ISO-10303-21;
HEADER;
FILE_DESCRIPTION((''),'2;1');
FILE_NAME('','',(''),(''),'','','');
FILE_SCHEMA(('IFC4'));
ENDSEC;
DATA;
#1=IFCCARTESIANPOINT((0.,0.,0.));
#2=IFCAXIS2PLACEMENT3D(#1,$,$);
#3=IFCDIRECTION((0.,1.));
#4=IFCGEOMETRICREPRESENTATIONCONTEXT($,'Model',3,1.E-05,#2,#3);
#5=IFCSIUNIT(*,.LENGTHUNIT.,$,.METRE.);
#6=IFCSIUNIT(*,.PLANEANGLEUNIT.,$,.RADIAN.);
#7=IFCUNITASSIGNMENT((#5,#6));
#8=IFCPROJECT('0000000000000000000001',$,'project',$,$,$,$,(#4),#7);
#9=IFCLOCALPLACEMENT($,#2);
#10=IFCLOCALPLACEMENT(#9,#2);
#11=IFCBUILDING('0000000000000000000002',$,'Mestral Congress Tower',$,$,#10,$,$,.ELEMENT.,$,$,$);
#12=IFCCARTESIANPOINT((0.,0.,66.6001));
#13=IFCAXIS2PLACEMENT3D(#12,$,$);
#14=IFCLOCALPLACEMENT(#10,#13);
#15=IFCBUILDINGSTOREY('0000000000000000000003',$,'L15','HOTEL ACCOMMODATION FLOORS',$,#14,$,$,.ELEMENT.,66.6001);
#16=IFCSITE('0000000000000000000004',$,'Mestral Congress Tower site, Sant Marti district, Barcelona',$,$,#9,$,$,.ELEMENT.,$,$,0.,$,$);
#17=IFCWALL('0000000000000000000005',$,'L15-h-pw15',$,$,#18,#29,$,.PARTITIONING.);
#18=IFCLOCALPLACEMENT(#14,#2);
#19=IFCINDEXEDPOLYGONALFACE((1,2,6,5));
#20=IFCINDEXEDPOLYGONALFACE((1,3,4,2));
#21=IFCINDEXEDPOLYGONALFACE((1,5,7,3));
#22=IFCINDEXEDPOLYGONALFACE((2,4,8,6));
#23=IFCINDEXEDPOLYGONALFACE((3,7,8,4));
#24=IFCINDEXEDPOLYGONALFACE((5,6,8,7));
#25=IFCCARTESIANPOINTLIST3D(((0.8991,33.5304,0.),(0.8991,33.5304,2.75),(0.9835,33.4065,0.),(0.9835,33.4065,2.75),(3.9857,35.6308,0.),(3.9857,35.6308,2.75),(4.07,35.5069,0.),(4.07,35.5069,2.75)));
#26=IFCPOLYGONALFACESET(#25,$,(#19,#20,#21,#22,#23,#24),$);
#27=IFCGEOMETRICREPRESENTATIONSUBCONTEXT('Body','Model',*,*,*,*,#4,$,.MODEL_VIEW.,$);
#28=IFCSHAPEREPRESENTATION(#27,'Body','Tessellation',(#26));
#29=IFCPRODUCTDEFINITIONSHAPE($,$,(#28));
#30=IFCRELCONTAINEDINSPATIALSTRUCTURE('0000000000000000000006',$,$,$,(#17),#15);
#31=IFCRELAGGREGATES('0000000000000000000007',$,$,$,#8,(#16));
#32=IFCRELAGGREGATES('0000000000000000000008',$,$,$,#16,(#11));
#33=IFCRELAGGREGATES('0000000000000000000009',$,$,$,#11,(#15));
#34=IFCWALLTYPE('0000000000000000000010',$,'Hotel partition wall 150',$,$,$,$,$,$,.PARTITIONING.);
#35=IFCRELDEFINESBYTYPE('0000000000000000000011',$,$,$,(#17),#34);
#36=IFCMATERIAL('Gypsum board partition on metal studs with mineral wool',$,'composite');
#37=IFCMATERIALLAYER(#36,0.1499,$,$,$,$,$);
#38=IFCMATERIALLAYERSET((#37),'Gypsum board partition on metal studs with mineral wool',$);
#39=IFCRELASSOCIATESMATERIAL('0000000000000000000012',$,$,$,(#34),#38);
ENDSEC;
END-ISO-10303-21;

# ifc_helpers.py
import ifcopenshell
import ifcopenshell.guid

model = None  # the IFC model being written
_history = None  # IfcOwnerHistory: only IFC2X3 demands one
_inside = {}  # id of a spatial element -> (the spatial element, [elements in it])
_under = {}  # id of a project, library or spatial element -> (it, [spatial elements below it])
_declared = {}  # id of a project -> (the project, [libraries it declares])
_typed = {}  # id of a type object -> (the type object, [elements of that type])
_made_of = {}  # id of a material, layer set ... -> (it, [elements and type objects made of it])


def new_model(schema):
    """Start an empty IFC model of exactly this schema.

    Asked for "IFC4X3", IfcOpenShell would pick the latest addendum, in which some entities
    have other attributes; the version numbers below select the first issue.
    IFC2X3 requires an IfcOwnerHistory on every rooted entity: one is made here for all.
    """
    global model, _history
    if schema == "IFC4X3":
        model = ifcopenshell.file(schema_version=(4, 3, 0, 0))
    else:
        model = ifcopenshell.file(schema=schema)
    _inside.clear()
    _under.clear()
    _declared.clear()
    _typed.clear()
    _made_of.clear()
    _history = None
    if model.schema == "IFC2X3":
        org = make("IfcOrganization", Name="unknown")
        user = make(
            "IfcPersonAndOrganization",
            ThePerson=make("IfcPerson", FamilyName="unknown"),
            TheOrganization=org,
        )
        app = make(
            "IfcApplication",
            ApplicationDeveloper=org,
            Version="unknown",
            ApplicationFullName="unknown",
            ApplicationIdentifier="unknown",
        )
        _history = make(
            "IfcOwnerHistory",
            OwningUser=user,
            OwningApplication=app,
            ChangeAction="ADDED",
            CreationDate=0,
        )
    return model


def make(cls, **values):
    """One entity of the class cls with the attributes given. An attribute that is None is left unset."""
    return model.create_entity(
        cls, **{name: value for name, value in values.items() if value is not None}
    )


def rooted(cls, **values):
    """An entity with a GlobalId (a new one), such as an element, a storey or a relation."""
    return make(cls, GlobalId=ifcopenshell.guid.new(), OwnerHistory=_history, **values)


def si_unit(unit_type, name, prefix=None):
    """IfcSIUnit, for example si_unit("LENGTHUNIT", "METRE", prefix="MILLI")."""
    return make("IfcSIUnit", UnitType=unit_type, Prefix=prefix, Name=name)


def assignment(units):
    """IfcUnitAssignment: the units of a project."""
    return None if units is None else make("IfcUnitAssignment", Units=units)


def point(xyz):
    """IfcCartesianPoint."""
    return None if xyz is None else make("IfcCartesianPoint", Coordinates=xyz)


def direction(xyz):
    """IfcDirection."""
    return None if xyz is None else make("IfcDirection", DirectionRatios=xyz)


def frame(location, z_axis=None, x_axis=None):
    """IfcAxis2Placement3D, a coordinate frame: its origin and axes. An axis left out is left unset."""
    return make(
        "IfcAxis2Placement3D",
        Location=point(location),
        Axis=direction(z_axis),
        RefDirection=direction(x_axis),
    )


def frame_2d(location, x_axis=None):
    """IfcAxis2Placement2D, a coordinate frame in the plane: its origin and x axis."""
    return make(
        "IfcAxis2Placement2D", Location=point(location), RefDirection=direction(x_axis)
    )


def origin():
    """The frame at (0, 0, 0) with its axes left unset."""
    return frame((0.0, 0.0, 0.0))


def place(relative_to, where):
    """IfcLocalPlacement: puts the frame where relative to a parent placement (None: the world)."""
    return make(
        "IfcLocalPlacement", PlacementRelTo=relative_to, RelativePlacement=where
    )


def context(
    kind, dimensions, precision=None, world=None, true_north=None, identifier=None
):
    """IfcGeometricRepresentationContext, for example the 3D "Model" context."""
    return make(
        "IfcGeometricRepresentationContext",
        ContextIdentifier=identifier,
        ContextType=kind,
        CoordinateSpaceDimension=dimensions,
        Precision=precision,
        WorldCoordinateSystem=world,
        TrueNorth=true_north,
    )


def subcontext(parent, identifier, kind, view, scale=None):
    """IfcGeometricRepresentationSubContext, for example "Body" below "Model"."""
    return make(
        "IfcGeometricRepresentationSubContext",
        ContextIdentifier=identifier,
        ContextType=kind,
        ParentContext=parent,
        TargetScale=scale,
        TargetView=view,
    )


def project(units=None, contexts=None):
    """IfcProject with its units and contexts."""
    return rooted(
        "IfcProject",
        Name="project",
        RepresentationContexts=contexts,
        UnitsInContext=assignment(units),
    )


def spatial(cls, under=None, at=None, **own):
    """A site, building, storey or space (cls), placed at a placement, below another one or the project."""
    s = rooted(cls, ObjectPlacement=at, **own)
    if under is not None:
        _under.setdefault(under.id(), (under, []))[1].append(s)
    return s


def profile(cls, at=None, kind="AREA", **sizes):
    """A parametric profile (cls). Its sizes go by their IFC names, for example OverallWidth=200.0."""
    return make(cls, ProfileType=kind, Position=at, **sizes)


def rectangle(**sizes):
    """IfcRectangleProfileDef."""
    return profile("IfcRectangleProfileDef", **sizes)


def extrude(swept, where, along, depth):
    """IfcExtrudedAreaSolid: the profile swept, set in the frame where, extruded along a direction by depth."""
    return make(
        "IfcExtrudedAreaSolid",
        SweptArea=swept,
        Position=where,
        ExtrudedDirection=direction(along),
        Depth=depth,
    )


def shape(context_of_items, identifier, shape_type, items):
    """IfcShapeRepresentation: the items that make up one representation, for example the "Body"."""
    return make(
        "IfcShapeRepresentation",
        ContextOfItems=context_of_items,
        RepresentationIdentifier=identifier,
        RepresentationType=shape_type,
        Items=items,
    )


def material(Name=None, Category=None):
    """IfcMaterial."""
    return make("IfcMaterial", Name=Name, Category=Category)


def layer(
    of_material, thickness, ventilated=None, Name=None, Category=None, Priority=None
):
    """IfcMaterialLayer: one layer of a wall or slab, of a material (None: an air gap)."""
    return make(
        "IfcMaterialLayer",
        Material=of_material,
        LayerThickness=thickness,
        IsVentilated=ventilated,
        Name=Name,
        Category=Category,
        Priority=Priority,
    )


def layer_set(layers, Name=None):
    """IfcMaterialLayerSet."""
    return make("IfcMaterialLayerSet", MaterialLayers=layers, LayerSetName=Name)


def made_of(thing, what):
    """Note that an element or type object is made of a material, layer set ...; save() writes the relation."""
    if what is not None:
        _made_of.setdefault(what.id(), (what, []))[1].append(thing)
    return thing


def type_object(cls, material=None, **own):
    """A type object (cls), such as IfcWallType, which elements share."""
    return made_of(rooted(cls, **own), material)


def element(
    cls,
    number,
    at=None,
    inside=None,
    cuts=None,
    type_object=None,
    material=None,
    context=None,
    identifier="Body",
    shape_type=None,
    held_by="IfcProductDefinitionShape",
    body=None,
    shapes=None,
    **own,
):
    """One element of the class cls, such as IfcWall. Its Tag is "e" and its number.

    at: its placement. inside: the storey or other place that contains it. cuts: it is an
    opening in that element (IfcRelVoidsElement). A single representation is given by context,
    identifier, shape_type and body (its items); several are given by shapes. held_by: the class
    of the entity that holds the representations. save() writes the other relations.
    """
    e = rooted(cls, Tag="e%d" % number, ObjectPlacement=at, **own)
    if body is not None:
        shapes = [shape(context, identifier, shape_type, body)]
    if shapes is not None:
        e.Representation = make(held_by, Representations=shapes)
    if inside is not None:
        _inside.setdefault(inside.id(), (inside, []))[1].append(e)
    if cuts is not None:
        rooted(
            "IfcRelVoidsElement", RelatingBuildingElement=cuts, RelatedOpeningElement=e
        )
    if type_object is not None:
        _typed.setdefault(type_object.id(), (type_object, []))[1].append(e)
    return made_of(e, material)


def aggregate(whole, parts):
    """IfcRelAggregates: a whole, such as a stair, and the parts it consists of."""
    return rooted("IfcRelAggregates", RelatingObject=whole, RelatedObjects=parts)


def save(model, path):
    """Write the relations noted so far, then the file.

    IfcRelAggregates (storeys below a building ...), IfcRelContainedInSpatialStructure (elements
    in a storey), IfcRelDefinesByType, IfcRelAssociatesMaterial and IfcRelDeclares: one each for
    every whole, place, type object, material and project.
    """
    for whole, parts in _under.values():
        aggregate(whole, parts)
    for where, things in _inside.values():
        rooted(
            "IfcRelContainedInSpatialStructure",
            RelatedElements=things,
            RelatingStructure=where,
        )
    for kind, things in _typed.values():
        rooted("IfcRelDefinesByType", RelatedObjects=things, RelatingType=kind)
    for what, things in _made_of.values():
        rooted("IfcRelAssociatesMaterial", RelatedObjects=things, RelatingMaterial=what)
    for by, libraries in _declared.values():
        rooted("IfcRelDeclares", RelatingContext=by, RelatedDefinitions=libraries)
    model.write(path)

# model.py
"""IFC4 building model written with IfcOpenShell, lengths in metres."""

from ifc_helpers import new_model, si_unit, direction, frame, frame_2d, origin, place, context, subcontext, project, spatial, rectangle, extrude, material, layer, layer_set, type_object, element, save


model = new_model("IFC4")

# Units and contexts
model_context = context("Model", 3, precision=1e-05, world=origin(), true_north=direction((0.0, 1.0)))
body_context = subcontext(model_context, "Body", "Model", "MODEL_VIEW")
ifc_project = project(units=[si_unit("LENGTHUNIT", "METRE"), si_unit("PLANEANGLEUNIT", "RADIAN")], contexts=[model_context])

# Site, building, storey
site_placement = place(None, origin())
site = spatial("IfcSite", under=ifc_project, at=site_placement, Name="Mestral Congress Tower site, Sant Marti district, Barcelona", CompositionType="ELEMENT", RefElevation=0.0)
building_placement = place(site_placement, origin())
building = spatial("IfcBuilding", under=site, at=building_placement, Name="Mestral Congress Tower", CompositionType="ELEMENT")
storey_placement = place(building_placement, frame((0.0, 0.0, 66.6001)))
storey = spatial("IfcBuildingStorey", under=building, at=storey_placement, Name="L15", Description="HOTEL ACCOMMODATION FLOORS", CompositionType="ELEMENT", Elevation=66.6001)

# Shared definitions
ifc_material_1 = material(Name="Gypsum board partition on metal studs with mineral wool", Category="composite")

# Shared definitions
ifc_layer_1 = layer(ifc_material_1, 0.1499)
ifc_layer_set_1 = layer_set([ifc_layer_1], Name="Gypsum board partition on metal studs with mineral wool")
wall_type_1 = type_object("IfcWallType", Name="Hotel partition wall 150", PredefinedType="PARTITIONING", material=ifc_layer_set_1)

# Wall
wall_1_placement = place(storey_placement, frame((4.0278, 35.5688, 0.0), z_axis=(0.0, 0.0, 1.0), x_axis=(-0.826731, -0.562598, 0.0)))
element("IfcWall", 1, at=wall_1_placement, inside=storey, type_object=wall_type_1, Name="L15-h-pw15", PredefinedType="PARTITIONING", context=body_context, shape_type="SweptSolid", body=[
    extrude(rectangle(XDim=3.7334, YDim=0.1499, at=frame_2d((1.8667, 0.0))), origin(), (0.0, 0.0, 1.0), 2.75),
])

save(model, "model.ifc")
